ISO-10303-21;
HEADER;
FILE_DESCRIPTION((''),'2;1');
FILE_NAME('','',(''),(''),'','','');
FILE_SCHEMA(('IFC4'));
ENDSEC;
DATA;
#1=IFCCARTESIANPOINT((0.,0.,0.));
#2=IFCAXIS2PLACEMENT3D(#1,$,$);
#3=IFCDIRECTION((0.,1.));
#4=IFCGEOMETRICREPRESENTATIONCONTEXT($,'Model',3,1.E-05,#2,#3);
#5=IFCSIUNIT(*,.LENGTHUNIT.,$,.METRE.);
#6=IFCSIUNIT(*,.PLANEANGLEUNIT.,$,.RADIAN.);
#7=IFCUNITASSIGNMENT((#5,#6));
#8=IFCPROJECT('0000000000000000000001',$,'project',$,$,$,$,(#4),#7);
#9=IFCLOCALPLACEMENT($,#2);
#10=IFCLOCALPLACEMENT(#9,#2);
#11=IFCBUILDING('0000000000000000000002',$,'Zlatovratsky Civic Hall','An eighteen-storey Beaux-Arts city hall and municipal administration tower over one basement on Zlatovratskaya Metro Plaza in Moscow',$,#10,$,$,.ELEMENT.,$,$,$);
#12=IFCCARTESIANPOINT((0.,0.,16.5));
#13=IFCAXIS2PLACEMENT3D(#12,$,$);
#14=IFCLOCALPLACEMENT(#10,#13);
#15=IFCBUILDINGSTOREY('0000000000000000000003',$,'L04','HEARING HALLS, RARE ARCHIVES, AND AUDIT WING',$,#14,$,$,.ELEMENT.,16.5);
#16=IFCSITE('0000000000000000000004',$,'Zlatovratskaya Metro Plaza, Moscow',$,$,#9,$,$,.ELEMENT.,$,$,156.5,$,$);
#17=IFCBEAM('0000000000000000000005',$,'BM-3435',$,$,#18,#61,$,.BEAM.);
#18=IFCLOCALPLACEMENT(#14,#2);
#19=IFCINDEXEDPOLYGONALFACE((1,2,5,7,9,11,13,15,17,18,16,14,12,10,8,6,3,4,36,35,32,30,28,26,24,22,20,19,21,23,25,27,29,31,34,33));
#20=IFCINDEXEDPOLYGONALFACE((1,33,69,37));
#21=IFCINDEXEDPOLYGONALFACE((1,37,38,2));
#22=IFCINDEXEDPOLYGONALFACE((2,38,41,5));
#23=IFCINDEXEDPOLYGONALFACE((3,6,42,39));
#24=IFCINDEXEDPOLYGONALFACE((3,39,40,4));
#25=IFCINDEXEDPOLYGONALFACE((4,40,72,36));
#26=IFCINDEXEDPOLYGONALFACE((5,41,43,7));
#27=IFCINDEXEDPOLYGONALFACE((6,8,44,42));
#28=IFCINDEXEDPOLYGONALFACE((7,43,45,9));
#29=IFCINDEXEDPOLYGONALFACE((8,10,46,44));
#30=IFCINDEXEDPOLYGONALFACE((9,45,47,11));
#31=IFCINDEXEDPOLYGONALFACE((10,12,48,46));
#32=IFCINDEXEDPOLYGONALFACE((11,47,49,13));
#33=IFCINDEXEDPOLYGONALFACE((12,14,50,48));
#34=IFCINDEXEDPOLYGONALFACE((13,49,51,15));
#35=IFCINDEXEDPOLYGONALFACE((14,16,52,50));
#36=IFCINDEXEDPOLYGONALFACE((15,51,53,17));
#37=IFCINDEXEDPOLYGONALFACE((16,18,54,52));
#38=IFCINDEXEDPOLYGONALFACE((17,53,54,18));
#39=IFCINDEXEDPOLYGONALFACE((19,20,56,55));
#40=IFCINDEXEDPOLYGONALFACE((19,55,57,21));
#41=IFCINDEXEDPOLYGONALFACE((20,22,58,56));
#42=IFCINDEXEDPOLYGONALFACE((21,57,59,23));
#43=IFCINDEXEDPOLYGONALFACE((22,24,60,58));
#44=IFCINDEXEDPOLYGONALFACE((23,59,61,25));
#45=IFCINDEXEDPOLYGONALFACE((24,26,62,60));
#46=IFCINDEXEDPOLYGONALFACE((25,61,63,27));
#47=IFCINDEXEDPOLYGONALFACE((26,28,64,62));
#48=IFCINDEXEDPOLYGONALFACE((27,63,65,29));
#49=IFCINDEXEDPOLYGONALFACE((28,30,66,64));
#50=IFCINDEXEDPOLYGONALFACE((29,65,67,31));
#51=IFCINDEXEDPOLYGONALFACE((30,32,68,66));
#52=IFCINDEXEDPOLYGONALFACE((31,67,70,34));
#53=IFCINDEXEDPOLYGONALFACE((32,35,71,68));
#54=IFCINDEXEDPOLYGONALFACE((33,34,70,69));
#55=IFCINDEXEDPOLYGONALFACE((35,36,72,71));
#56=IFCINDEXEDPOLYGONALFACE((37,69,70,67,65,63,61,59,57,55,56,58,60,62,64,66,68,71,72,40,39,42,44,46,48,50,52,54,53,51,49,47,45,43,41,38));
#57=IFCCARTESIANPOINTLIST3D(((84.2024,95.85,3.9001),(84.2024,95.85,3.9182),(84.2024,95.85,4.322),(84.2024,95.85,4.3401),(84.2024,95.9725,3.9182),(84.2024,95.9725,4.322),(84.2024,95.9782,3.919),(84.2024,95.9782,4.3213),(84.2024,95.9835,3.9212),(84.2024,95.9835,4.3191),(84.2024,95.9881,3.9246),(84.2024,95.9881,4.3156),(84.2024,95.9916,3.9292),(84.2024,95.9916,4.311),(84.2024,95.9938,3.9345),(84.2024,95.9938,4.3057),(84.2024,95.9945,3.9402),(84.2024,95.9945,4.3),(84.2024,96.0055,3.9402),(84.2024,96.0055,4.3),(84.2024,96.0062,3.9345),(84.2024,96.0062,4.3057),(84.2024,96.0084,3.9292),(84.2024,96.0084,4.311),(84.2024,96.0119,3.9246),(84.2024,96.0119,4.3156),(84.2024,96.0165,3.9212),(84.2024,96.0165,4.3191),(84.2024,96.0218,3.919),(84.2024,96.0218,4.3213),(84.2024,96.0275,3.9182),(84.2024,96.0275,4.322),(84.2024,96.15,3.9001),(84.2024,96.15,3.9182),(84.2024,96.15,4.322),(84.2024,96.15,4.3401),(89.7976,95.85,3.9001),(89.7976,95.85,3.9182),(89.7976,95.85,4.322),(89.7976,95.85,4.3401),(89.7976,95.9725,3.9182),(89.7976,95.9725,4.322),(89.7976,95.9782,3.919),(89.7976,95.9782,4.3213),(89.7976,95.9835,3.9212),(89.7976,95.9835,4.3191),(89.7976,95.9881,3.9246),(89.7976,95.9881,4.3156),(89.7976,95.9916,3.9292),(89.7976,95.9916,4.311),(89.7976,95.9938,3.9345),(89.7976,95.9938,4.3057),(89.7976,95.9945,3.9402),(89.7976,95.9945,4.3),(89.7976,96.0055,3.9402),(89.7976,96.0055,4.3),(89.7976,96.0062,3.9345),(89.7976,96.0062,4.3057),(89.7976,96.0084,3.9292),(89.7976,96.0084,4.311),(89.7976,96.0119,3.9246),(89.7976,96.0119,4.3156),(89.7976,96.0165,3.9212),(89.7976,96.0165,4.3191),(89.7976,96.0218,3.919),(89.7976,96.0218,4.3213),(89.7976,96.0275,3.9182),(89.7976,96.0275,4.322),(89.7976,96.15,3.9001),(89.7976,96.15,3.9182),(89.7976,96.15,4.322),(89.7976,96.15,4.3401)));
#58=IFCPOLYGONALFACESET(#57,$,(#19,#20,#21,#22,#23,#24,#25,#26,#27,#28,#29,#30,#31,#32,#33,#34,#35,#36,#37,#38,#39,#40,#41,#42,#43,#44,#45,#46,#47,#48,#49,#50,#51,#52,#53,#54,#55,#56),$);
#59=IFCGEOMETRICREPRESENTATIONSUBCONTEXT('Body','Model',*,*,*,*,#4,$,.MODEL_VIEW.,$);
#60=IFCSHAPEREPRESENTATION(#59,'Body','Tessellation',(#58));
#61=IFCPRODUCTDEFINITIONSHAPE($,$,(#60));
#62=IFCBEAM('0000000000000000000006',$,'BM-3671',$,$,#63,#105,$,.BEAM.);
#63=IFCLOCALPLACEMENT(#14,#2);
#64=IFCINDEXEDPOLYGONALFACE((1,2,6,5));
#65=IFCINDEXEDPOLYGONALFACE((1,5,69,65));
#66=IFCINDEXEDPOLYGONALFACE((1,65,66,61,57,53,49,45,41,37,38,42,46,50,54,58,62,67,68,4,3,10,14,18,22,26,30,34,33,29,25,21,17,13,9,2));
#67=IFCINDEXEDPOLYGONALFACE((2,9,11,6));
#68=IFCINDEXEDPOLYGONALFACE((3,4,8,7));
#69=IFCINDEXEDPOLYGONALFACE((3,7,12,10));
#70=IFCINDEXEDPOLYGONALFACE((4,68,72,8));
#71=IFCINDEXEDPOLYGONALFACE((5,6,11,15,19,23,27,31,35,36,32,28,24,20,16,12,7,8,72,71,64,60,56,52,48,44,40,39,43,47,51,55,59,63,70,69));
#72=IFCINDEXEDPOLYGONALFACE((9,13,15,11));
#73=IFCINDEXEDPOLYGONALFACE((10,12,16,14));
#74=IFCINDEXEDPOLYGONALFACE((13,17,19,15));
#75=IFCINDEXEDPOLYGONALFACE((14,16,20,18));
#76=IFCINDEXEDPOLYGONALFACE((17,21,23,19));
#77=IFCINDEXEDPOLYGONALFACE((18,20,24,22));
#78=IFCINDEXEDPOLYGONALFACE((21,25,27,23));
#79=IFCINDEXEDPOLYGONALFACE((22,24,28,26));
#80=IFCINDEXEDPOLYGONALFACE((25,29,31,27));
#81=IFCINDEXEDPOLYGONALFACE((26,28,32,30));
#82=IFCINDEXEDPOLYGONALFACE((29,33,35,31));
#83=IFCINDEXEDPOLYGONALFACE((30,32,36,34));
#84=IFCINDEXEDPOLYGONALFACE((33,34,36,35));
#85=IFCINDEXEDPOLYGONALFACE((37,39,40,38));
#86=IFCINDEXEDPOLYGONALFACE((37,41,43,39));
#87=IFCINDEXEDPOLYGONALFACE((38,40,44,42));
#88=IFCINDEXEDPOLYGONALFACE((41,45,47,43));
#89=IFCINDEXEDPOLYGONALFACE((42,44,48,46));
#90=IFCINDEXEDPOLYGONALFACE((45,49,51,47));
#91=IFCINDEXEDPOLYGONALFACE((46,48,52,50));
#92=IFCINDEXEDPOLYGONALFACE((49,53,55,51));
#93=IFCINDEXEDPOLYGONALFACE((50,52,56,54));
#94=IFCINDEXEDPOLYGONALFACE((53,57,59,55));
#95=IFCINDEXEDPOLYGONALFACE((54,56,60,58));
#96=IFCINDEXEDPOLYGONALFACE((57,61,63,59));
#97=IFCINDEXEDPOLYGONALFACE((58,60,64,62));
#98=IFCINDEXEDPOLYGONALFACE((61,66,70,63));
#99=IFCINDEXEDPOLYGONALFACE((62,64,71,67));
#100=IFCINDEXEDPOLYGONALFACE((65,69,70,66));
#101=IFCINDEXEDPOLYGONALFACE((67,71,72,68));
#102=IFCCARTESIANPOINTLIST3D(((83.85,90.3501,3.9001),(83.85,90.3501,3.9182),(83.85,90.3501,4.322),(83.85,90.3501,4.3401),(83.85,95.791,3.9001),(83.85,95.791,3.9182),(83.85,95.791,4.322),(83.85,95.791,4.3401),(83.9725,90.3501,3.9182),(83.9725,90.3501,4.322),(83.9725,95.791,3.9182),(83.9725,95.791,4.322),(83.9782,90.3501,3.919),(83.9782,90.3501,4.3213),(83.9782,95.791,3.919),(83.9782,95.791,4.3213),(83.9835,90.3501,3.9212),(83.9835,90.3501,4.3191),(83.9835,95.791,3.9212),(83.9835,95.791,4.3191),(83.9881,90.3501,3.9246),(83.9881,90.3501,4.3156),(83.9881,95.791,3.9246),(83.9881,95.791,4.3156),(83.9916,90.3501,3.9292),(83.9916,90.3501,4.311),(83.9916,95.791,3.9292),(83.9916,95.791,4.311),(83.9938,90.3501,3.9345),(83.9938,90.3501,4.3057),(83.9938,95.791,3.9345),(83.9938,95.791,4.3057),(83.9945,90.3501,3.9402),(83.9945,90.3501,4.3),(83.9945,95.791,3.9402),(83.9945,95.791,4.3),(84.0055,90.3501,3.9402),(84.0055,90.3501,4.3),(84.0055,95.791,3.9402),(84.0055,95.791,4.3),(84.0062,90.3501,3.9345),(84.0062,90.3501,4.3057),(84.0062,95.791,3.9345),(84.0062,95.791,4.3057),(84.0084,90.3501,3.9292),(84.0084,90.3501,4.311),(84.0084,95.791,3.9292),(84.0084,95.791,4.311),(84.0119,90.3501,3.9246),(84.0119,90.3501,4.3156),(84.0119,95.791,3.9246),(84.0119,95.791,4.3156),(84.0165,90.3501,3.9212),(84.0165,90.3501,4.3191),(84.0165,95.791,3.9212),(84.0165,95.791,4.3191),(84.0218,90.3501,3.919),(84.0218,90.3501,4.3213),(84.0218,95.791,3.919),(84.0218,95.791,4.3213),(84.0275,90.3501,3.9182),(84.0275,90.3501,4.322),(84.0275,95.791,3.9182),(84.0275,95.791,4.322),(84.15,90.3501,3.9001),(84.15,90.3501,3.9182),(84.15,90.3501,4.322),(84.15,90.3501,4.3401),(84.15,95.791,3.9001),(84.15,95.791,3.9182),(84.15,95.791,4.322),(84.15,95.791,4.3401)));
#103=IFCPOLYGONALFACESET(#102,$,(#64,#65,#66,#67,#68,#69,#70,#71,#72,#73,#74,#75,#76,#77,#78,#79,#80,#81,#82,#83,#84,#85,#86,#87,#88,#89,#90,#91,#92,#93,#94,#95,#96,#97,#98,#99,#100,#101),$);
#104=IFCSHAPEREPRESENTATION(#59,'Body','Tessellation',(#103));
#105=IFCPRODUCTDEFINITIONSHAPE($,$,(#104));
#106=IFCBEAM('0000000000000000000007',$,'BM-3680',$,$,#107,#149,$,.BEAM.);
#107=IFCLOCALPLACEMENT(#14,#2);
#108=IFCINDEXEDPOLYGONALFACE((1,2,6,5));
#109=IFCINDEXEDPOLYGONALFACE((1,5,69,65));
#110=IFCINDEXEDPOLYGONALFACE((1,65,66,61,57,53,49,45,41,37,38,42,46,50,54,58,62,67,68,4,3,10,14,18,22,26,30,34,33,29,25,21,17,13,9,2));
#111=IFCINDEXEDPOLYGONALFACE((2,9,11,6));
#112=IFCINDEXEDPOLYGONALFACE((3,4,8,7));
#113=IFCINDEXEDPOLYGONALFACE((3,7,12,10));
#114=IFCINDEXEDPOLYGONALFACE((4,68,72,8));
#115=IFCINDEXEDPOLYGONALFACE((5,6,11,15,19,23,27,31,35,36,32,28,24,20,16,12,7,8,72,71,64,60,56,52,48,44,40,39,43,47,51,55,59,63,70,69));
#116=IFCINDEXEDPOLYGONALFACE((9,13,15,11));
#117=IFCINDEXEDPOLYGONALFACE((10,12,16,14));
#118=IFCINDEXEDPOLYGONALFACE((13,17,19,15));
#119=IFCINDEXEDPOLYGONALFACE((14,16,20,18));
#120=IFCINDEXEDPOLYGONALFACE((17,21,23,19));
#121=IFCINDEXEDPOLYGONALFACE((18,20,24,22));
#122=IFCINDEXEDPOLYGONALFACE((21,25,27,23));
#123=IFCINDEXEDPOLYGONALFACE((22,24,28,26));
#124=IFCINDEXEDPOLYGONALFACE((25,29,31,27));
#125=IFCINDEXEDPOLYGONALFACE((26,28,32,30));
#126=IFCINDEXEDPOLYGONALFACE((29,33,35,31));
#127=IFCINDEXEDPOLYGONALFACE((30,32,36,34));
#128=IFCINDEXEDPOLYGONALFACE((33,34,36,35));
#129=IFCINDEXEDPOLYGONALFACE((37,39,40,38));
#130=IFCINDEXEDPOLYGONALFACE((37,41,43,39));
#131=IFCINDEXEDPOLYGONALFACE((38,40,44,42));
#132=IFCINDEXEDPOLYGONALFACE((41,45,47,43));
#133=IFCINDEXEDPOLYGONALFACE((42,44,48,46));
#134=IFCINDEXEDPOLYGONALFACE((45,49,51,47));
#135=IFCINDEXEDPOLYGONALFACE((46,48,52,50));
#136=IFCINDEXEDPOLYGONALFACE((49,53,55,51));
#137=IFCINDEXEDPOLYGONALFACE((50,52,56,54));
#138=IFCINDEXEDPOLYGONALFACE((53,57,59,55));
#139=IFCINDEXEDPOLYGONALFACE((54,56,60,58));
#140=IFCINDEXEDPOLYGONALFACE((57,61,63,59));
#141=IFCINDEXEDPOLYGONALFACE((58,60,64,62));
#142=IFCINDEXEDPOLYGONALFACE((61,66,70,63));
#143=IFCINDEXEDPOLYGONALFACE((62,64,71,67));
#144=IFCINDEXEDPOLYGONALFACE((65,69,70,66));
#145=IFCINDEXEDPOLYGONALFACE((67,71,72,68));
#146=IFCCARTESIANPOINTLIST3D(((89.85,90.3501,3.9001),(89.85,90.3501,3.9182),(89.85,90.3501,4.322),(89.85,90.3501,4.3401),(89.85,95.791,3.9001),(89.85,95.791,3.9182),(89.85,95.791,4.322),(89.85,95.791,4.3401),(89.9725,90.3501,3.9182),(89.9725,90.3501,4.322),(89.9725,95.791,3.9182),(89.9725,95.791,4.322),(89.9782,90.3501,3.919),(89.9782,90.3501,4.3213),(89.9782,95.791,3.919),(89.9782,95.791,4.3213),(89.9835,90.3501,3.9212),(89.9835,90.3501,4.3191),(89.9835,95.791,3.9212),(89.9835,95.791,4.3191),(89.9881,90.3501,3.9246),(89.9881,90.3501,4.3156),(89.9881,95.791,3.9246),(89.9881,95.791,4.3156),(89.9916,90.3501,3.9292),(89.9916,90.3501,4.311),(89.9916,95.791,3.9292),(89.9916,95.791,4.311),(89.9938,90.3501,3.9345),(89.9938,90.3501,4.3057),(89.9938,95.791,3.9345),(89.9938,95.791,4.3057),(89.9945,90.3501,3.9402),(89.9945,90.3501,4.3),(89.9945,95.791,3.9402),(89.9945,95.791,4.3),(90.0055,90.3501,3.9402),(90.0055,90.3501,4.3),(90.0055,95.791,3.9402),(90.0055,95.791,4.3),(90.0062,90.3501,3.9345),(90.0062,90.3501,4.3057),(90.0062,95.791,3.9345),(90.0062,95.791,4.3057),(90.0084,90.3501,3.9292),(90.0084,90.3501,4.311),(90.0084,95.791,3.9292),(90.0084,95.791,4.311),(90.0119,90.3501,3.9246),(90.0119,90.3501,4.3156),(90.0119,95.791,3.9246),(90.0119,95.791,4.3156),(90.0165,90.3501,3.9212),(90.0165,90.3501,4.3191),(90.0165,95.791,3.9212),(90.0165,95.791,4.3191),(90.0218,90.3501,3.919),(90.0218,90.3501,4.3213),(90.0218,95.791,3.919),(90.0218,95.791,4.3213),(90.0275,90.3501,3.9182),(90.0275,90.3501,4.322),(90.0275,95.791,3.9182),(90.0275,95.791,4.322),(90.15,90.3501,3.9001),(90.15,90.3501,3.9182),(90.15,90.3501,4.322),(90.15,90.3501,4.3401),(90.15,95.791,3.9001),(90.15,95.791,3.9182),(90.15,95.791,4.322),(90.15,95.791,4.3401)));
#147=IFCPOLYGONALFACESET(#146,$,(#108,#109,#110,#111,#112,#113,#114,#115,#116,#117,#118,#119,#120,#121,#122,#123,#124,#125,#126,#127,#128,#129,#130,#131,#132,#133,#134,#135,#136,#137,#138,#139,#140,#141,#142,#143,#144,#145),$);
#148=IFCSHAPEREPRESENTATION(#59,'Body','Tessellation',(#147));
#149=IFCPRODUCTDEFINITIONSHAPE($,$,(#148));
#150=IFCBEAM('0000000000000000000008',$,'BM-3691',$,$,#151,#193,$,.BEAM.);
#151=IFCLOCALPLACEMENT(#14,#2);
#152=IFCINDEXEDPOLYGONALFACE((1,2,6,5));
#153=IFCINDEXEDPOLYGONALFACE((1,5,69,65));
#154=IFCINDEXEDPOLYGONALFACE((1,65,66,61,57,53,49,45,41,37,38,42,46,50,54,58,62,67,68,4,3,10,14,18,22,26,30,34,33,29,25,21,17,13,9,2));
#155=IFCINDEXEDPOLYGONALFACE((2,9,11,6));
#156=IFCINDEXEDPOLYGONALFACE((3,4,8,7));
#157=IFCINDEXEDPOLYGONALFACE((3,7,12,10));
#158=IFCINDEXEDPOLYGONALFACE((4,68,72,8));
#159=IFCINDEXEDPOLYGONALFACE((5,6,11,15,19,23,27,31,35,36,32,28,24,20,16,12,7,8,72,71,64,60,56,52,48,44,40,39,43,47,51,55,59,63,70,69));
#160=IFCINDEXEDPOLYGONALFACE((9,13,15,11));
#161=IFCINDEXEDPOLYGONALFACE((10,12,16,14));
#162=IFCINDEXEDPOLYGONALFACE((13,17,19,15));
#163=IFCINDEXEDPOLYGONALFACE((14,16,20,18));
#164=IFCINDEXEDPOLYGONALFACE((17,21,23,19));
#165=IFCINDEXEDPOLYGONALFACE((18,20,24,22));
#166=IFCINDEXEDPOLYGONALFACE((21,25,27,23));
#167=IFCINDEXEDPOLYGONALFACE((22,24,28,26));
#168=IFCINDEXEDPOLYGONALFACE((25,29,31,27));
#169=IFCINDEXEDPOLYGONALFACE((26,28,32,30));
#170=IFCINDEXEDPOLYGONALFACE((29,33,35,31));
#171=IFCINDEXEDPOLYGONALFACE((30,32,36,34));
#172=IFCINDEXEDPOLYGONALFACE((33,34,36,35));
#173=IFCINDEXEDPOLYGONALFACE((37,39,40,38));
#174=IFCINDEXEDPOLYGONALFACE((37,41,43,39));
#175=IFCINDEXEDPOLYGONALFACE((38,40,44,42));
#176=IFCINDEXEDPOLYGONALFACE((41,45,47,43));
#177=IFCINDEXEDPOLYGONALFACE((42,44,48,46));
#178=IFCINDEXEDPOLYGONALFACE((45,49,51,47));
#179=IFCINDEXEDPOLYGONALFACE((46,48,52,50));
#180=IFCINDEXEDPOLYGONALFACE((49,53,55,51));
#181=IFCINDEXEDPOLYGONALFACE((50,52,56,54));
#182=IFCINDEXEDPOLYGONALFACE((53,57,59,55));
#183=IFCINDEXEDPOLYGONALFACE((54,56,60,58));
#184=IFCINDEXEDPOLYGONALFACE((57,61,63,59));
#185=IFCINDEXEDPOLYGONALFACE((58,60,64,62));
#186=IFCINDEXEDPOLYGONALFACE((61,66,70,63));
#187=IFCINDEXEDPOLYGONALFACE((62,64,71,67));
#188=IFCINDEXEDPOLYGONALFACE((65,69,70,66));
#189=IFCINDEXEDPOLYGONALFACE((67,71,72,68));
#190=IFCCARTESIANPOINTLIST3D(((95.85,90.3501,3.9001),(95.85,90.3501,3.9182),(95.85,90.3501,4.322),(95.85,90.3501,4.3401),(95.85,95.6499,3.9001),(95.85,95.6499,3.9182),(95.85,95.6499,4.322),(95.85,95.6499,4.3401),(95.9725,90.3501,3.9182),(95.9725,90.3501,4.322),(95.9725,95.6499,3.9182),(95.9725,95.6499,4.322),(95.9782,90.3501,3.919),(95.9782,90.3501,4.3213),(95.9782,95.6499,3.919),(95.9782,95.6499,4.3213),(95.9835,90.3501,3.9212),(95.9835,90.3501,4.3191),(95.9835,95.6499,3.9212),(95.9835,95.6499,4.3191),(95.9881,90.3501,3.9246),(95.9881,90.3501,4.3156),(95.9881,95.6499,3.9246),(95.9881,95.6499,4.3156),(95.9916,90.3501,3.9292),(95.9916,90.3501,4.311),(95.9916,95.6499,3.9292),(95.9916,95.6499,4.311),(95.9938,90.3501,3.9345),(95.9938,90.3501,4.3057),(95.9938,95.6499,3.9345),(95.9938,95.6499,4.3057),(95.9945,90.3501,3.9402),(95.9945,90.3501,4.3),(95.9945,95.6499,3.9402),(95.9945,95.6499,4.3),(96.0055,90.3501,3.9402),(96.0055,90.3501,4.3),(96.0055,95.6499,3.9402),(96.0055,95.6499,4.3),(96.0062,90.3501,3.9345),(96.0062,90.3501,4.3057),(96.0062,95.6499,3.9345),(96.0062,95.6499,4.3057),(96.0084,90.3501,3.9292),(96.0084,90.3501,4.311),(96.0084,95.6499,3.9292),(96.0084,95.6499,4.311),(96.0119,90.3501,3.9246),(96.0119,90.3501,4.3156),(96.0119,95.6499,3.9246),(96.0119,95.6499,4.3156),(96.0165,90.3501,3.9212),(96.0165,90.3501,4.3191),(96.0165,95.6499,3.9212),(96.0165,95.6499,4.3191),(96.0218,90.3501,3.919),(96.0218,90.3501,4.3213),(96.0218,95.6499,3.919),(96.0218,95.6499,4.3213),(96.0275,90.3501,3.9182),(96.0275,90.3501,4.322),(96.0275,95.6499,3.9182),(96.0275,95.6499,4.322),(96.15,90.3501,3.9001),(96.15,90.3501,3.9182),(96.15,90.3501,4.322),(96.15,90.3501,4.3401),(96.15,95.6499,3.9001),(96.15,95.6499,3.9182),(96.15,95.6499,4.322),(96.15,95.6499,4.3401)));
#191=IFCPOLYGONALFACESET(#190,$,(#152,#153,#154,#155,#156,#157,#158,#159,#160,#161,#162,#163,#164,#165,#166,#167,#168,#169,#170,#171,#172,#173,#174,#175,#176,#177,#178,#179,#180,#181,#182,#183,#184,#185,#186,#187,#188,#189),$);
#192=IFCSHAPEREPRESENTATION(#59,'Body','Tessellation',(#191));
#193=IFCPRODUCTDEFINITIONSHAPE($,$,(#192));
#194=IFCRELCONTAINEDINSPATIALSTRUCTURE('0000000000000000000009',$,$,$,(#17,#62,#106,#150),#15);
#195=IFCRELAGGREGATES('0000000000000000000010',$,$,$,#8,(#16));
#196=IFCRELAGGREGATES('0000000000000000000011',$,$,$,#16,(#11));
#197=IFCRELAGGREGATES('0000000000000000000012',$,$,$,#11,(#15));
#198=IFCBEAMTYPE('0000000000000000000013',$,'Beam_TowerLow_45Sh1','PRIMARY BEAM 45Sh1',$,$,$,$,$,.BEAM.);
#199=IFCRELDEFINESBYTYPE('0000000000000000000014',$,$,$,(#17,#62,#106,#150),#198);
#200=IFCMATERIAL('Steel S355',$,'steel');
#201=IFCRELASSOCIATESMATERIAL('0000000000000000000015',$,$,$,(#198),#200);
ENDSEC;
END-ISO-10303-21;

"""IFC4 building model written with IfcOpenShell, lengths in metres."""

from ifc_helpers import new_model, si_unit, direction, frame, origin, origin_2d, place, context, subcontext, project, spatial, i_section, extrude, material, material_profile, profile_set, type_object, element, save


model = new_model("IFC4")

# Units and contexts
model_context = context("Model", 3, precision=1e-05, world=origin(), true_north=direction((0.0, 1.0)))
body_context = subcontext(model_context, "Body", "Model", "MODEL_VIEW")
ifc_project = project(units=[si_unit("LENGTHUNIT", "METRE"), si_unit("PLANEANGLEUNIT", "RADIAN")], contexts=[model_context])

# Site, building, storey
site_placement = place(None, origin())
site = spatial("IfcSite", under=ifc_project, at=site_placement, Name="Zlatovratskaya Metro Plaza, Moscow", CompositionType="ELEMENT", RefElevation=156.5)
building_placement = place(site_placement, origin())
building = spatial("IfcBuilding", under=site, at=building_placement, Name="Zlatovratsky Civic Hall", Description="An eighteen-storey Beaux-Arts city hall and municipal administration tower over one basement on Zlatovratskaya Metro Plaza in Moscow", CompositionType="ELEMENT")
storey_placement = place(building_placement, frame((0.0, 0.0, 16.5)))
storey = spatial("IfcBuildingStorey", under=building, at=storey_placement, Name="L04", Description="HEARING HALLS, RARE ARCHIVES, AND AUDIT WING", CompositionType="ELEMENT", Elevation=16.5)

# Shared definitions
ifc_material_1 = material(Name="Steel S355", Category="steel")

# Beams
ifc_material_profile_1 = material_profile(ifc_material_1, i_section(OverallWidth=0.3, OverallDepth=0.4399, WebThickness=0.011, FlangeThickness=0.0181, FilletRadius=0.022, at=origin_2d()), Name="45Sh1")
ifc_profile_set_1 = profile_set([ifc_material_profile_1], Name="Steel S355")
beam_type_1 = type_object("IfcBeamType", Name="Beam_TowerLow_45Sh1", Description="PRIMARY BEAM 45Sh1", PredefinedType="BEAM", material=ifc_profile_set_1)
beam_1_placement = place(storey_placement, frame((84.2024, 96.0, 4.1201), z_axis=(1.0, 0.0, 0.0), x_axis=(0.0, 1.0, 0.0)))
element("IfcBeam", 1, at=beam_1_placement, inside=storey, type_object=beam_type_1, Name="BM-3435", PredefinedType="BEAM", context=body_context, shape_type="SweptSolid", body=[
    extrude(i_section(OverallWidth=0.3, OverallDepth=0.4399, WebThickness=0.011, FlangeThickness=0.0181, FilletRadius=0.022, at=origin_2d()), origin(), (0.0, 0.0, 1.0), 5.5952),
])
for number, where, z_axis, x_axis, name in (
    (2, (84.0, 90.3501, 4.1201), (0.0, 1.0, 0.0), (-1.0, 0.0, 0.0), "BM-3671"),
    (3, (90.0, 90.3501, 4.1201), (0.0, 1.0, 0.0), (-1.0, 0.0, 0.0), "BM-3680"),
):
    element("IfcBeam", number, at=place(storey_placement, frame(where, z_axis=z_axis, x_axis=x_axis)), inside=storey, type_object=beam_type_1, Name=name, PredefinedType="BEAM", context=body_context, shape_type="SweptSolid", body=[
        extrude(i_section(OverallWidth=0.3, OverallDepth=0.4399, WebThickness=0.011, FlangeThickness=0.0181, FilletRadius=0.022, at=origin_2d()), origin(), (0.0, 0.0, 1.0), 5.4409),
    ])
beam_2_placement = place(storey_placement, frame((96.0, 90.3501, 4.1201), z_axis=(0.0, 1.0, 0.0), x_axis=(-1.0, 0.0, 0.0)))
element("IfcBeam", 4, at=beam_2_placement, inside=storey, type_object=beam_type_1, Name="BM-3691", PredefinedType="BEAM", context=body_context, shape_type="SweptSolid", body=[
    extrude(i_section(OverallWidth=0.3, OverallDepth=0.4399, WebThickness=0.011, FlangeThickness=0.0181, FilletRadius=0.022, at=origin_2d()), origin(), (0.0, 0.0, 1.0), 5.2998),
])

save(model, "model.ifc")
